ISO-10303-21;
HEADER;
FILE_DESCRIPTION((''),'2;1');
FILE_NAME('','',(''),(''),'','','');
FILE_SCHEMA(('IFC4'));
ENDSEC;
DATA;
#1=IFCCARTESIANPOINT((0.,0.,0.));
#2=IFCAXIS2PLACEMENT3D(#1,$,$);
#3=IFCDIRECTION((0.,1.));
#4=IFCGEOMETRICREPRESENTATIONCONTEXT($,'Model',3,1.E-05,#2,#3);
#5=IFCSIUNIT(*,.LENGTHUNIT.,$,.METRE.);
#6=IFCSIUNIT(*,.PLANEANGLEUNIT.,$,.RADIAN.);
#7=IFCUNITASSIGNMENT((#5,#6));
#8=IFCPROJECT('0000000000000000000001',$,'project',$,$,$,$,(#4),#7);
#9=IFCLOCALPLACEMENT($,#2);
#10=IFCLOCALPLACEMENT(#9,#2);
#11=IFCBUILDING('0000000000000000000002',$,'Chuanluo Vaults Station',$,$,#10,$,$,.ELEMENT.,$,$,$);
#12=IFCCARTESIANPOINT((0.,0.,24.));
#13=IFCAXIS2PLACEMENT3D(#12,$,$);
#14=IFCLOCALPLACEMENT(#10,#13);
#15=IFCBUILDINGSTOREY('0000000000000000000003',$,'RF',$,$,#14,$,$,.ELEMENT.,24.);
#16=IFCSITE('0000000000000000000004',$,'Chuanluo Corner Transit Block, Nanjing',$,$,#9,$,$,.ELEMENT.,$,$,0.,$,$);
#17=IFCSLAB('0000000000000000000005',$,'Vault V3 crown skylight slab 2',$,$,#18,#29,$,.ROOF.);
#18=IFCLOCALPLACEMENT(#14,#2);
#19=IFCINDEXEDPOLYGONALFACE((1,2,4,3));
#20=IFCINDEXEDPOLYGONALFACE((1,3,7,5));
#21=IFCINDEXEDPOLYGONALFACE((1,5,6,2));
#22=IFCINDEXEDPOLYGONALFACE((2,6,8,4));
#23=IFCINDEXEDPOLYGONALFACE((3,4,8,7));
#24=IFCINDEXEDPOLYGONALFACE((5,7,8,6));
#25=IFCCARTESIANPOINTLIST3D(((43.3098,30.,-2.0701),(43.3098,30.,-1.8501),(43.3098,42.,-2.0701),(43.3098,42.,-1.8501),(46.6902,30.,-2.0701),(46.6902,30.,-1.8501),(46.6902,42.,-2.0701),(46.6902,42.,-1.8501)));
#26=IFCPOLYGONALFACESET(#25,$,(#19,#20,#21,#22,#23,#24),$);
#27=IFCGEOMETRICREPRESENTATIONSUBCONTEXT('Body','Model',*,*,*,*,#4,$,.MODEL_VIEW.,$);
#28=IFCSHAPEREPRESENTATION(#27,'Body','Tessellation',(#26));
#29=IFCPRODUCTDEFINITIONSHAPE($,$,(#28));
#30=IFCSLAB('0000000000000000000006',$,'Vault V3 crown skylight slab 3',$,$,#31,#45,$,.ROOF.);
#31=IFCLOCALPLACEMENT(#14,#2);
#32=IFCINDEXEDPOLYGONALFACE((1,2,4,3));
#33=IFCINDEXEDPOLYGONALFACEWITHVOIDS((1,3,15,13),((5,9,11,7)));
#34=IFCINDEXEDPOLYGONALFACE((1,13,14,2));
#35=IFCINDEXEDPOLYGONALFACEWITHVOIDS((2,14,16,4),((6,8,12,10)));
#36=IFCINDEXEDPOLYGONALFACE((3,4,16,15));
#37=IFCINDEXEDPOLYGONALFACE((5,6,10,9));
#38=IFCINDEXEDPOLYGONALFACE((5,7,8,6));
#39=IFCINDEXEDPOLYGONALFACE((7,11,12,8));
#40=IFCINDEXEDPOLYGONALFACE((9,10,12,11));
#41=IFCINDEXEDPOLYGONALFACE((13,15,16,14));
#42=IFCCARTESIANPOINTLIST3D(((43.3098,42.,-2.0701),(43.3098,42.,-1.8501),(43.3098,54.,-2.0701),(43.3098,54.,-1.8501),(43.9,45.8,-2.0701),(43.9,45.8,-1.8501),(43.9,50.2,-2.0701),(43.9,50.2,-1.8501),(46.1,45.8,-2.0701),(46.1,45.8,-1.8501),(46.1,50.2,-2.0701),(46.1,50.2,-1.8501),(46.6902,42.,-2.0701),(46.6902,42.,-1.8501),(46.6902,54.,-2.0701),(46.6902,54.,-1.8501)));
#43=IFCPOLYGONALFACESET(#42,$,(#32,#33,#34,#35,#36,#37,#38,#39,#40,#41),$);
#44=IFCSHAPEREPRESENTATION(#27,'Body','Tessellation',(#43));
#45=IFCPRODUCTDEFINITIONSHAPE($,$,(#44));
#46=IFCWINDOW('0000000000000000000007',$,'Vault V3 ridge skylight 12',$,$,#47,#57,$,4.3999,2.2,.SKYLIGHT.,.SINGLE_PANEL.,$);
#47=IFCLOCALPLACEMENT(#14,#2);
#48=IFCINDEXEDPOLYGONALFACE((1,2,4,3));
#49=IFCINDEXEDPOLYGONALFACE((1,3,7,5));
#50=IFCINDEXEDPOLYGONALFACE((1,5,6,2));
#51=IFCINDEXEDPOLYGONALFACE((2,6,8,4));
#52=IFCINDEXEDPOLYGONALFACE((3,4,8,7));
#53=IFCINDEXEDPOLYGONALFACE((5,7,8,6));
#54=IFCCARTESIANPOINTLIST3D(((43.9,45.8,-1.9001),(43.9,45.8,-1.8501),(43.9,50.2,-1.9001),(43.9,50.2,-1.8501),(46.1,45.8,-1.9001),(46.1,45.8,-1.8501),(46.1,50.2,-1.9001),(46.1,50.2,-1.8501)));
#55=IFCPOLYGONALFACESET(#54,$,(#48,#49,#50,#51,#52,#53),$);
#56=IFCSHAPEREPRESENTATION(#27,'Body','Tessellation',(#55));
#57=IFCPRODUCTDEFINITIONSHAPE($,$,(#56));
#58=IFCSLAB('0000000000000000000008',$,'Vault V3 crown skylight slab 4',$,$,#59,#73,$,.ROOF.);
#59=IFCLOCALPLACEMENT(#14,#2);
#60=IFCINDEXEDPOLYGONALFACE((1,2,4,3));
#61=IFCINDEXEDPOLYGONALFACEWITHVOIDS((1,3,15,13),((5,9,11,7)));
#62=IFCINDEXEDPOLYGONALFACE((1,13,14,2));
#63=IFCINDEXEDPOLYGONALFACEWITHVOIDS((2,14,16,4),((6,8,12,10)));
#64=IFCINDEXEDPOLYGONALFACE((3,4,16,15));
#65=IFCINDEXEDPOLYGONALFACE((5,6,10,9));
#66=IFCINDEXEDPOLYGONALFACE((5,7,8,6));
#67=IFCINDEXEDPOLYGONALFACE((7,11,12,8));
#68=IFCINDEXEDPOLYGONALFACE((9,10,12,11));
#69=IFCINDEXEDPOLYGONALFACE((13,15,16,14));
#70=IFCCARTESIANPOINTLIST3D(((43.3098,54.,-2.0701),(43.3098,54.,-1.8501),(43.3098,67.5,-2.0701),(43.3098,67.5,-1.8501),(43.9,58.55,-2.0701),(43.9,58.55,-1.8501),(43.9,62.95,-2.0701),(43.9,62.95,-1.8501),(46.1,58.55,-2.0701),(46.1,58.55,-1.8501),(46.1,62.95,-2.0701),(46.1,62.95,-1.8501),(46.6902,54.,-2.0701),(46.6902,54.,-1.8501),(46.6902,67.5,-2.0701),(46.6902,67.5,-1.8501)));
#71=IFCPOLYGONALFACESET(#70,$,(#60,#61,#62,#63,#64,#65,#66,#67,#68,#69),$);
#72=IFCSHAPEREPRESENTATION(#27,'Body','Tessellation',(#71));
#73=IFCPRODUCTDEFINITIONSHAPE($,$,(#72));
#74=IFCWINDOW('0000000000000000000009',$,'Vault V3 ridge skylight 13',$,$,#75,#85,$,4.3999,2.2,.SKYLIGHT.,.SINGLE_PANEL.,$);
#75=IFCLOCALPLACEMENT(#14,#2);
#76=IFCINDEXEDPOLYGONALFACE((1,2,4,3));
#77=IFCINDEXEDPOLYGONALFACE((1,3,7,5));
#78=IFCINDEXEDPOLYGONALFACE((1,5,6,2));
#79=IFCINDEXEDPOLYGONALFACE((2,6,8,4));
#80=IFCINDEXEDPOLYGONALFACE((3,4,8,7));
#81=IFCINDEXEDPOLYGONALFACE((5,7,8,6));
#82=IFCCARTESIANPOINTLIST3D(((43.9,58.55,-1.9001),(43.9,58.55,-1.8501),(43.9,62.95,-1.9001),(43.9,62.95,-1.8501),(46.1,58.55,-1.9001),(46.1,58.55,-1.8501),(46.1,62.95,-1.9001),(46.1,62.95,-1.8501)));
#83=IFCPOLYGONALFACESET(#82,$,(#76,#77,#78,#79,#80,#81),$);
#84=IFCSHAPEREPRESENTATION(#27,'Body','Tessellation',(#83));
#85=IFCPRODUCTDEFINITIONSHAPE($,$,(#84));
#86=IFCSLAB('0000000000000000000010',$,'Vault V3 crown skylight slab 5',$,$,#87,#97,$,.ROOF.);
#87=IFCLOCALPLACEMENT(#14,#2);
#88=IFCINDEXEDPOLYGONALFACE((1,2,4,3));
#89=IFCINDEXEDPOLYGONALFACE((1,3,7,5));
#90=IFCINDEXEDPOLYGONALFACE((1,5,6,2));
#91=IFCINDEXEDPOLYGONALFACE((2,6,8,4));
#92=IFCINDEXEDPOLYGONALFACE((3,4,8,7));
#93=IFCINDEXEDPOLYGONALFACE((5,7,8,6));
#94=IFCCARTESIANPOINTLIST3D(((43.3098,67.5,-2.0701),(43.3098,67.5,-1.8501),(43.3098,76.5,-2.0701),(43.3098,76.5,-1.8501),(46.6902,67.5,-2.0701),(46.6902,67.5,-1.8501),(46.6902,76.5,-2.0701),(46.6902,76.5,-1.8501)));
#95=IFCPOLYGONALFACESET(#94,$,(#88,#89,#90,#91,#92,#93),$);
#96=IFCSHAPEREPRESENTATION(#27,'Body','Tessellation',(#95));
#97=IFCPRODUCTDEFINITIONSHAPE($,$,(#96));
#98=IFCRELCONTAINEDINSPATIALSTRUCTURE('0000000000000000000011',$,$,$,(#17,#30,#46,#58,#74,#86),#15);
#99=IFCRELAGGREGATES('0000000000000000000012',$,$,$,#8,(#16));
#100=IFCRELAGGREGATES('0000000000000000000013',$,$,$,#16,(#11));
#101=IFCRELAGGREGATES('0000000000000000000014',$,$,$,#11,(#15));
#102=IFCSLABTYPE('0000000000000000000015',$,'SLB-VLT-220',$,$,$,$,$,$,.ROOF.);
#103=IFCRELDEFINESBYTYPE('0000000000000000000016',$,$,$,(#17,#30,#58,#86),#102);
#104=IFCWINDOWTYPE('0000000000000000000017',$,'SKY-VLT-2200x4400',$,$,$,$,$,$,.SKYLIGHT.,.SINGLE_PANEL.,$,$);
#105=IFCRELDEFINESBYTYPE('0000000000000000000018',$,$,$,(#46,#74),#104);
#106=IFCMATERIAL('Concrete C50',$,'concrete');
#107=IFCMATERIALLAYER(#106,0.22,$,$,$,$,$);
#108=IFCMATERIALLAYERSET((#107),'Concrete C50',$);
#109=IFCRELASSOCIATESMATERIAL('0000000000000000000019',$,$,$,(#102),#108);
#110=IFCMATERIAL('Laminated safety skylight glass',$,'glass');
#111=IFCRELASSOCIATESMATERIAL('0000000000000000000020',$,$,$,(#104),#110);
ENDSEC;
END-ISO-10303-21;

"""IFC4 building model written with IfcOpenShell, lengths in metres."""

from ifc_helpers import new_model, si_unit, direction, frame, origin, origin_2d, place, context, subcontext, project, spatial, polyline, rectangle, outline, extrude, material, layer, layer_set, type_object, element, fill, save


model = new_model("IFC4")

# Units and contexts
model_context = context("Model", 3, precision=1e-05, world=origin(), true_north=direction((0.0, 1.0)))
body_context = subcontext(model_context, "Body", "Model", "MODEL_VIEW")
ifc_project = project(units=[si_unit("LENGTHUNIT", "METRE"), si_unit("PLANEANGLEUNIT", "RADIAN")], contexts=[model_context])

# Site, building, storey
site_placement = place(None, origin())
site = spatial("IfcSite", under=ifc_project, at=site_placement, Name="Chuanluo Corner Transit Block, Nanjing", CompositionType="ELEMENT", RefElevation=0.0)
building_placement = place(site_placement, origin())
building = spatial("IfcBuilding", under=site, at=building_placement, Name="Chuanluo Vaults Station", CompositionType="ELEMENT")
storey_placement = place(building_placement, frame((0.0, 0.0, 24.0)))
storey = spatial("IfcBuildingStorey", under=building, at=storey_placement, Name="RF", CompositionType="ELEMENT", Elevation=24.0)

# Shared definitions
ifc_material_1 = material(Name="Concrete C50", Category="concrete")
ifc_layer = layer(ifc_material_1, 0.22)
ifc_layer_set = layer_set([ifc_layer], Name="Concrete C50")
slab_type = type_object("IfcSlabType", Name="SLB-VLT-220", PredefinedType="ROOF", material=ifc_layer_set)

# Shared definitions
ifc_material_2 = material(Name="Laminated safety skylight glass", Category="glass")
window_type_1 = type_object("IfcWindowType", Name="SKY-VLT-2200x4400", PartitioningType="SINGLE_PANEL", PredefinedType="SKYLIGHT", material=ifc_material_2)

# Slab
slab_1_placement = place(storey_placement, frame((0.0, 0.0, -2.0701)))
element("IfcSlab", 1, at=slab_1_placement, inside=storey, type_object=slab_type, Name="Vault V3 crown skylight slab 2", PredefinedType="ROOF", context=body_context, shape_type="SweptSolid", body=[
    extrude(outline(polyline([(43.3098, 30.0), (46.6902, 30.0), (46.6902, 42.0), (43.3098, 42.0), (43.3098, 30.0)])), origin(), (0.0, 0.0, 1.0), 0.22),
])

# Slabs, openings, windows
slab_2_placement = place(storey_placement, frame((0.0, 0.0, -2.0701)))
slab_2 = element("IfcSlab", 2, at=slab_2_placement, inside=storey, type_object=slab_type, Name="Vault V3 crown skylight slab 3", PredefinedType="ROOF", context=body_context, shape_type="SweptSolid", body=[
    extrude(outline(polyline([(43.3098, 42.0), (46.6902, 42.0), (46.6902, 54.0), (43.3098, 54.0), (43.3098, 42.0)])), origin(), (0.0, 0.0, 1.0), 0.22),
])
opening_1_placement = place(slab_2_placement, frame((45.0, 48.0, 0.0)))
opening_1 = element("IfcOpeningElement", 3, at=opening_1_placement, cuts=slab_2, PredefinedType="OPENING", context=body_context, shape_type="SweptSolid", body=[
    extrude(rectangle(XDim=2.2, YDim=4.3999, at=origin_2d()), frame((0.0, 0.0, -0.01)), (0.0, 0.0, 1.0), 0.24),
])
window_1_placement = place(opening_1_placement, frame((0.0, 0.0, 0.1699)))
window_1 = element("IfcWindow", 4, at=window_1_placement, inside=storey, type_object=window_type_1, Name="Vault V3 ridge skylight 12", OverallHeight=4.3999, OverallWidth=2.2, PartitioningType="SINGLE_PANEL", PredefinedType="SKYLIGHT", context=body_context, shape_type="SweptSolid", body=[
    extrude(rectangle(XDim=2.2, YDim=4.3999, at=origin_2d()), origin(), (0.0, 0.0, 1.0), 0.05),
])
fill(opening_1, window_1)
slab_3_placement = place(storey_placement, frame((0.0, 0.0, -2.0701)))
slab_3 = element("IfcSlab", 5, at=slab_3_placement, inside=storey, type_object=slab_type, Name="Vault V3 crown skylight slab 4", PredefinedType="ROOF", context=body_context, shape_type="SweptSolid", body=[
    extrude(outline(polyline([(43.3098, 54.0), (46.6902, 54.0), (46.6902, 67.5), (43.3098, 67.5), (43.3098, 54.0)])), origin(), (0.0, 0.0, 1.0), 0.22),
])
opening_2_placement = place(slab_3_placement, frame((45.0, 60.75, 0.0)))
opening_2 = element("IfcOpeningElement", 6, at=opening_2_placement, cuts=slab_3, PredefinedType="OPENING", context=body_context, shape_type="SweptSolid", body=[
    extrude(rectangle(XDim=2.2, YDim=4.3999, at=origin_2d()), frame((0.0, 0.0, -0.01)), (0.0, 0.0, 1.0), 0.24),
])
window_2_placement = place(opening_2_placement, frame((0.0, 0.0, 0.1699)))
window_2 = element("IfcWindow", 7, at=window_2_placement, inside=storey, type_object=window_type_1, Name="Vault V3 ridge skylight 13", OverallHeight=4.3999, OverallWidth=2.2, PartitioningType="SINGLE_PANEL", PredefinedType="SKYLIGHT", context=body_context, shape_type="SweptSolid", body=[
    extrude(rectangle(XDim=2.2, YDim=4.3999, at=origin_2d()), origin(), (0.0, 0.0, 1.0), 0.05),
])
fill(opening_2, window_2)

# Slab
slab_4_placement = place(storey_placement, frame((0.0, 0.0, -2.0701)))
element("IfcSlab", 8, at=slab_4_placement, inside=storey, type_object=slab_type, Name="Vault V3 crown skylight slab 5", PredefinedType="ROOF", context=body_context, shape_type="SweptSolid", body=[
    extrude(outline(polyline([(43.3098, 67.5), (46.6902, 67.5), (46.6902, 76.5), (43.3098, 76.5), (43.3098, 67.5)])), origin(), (0.0, 0.0, 1.0), 0.22),
])

save(model, "model.ifc")
